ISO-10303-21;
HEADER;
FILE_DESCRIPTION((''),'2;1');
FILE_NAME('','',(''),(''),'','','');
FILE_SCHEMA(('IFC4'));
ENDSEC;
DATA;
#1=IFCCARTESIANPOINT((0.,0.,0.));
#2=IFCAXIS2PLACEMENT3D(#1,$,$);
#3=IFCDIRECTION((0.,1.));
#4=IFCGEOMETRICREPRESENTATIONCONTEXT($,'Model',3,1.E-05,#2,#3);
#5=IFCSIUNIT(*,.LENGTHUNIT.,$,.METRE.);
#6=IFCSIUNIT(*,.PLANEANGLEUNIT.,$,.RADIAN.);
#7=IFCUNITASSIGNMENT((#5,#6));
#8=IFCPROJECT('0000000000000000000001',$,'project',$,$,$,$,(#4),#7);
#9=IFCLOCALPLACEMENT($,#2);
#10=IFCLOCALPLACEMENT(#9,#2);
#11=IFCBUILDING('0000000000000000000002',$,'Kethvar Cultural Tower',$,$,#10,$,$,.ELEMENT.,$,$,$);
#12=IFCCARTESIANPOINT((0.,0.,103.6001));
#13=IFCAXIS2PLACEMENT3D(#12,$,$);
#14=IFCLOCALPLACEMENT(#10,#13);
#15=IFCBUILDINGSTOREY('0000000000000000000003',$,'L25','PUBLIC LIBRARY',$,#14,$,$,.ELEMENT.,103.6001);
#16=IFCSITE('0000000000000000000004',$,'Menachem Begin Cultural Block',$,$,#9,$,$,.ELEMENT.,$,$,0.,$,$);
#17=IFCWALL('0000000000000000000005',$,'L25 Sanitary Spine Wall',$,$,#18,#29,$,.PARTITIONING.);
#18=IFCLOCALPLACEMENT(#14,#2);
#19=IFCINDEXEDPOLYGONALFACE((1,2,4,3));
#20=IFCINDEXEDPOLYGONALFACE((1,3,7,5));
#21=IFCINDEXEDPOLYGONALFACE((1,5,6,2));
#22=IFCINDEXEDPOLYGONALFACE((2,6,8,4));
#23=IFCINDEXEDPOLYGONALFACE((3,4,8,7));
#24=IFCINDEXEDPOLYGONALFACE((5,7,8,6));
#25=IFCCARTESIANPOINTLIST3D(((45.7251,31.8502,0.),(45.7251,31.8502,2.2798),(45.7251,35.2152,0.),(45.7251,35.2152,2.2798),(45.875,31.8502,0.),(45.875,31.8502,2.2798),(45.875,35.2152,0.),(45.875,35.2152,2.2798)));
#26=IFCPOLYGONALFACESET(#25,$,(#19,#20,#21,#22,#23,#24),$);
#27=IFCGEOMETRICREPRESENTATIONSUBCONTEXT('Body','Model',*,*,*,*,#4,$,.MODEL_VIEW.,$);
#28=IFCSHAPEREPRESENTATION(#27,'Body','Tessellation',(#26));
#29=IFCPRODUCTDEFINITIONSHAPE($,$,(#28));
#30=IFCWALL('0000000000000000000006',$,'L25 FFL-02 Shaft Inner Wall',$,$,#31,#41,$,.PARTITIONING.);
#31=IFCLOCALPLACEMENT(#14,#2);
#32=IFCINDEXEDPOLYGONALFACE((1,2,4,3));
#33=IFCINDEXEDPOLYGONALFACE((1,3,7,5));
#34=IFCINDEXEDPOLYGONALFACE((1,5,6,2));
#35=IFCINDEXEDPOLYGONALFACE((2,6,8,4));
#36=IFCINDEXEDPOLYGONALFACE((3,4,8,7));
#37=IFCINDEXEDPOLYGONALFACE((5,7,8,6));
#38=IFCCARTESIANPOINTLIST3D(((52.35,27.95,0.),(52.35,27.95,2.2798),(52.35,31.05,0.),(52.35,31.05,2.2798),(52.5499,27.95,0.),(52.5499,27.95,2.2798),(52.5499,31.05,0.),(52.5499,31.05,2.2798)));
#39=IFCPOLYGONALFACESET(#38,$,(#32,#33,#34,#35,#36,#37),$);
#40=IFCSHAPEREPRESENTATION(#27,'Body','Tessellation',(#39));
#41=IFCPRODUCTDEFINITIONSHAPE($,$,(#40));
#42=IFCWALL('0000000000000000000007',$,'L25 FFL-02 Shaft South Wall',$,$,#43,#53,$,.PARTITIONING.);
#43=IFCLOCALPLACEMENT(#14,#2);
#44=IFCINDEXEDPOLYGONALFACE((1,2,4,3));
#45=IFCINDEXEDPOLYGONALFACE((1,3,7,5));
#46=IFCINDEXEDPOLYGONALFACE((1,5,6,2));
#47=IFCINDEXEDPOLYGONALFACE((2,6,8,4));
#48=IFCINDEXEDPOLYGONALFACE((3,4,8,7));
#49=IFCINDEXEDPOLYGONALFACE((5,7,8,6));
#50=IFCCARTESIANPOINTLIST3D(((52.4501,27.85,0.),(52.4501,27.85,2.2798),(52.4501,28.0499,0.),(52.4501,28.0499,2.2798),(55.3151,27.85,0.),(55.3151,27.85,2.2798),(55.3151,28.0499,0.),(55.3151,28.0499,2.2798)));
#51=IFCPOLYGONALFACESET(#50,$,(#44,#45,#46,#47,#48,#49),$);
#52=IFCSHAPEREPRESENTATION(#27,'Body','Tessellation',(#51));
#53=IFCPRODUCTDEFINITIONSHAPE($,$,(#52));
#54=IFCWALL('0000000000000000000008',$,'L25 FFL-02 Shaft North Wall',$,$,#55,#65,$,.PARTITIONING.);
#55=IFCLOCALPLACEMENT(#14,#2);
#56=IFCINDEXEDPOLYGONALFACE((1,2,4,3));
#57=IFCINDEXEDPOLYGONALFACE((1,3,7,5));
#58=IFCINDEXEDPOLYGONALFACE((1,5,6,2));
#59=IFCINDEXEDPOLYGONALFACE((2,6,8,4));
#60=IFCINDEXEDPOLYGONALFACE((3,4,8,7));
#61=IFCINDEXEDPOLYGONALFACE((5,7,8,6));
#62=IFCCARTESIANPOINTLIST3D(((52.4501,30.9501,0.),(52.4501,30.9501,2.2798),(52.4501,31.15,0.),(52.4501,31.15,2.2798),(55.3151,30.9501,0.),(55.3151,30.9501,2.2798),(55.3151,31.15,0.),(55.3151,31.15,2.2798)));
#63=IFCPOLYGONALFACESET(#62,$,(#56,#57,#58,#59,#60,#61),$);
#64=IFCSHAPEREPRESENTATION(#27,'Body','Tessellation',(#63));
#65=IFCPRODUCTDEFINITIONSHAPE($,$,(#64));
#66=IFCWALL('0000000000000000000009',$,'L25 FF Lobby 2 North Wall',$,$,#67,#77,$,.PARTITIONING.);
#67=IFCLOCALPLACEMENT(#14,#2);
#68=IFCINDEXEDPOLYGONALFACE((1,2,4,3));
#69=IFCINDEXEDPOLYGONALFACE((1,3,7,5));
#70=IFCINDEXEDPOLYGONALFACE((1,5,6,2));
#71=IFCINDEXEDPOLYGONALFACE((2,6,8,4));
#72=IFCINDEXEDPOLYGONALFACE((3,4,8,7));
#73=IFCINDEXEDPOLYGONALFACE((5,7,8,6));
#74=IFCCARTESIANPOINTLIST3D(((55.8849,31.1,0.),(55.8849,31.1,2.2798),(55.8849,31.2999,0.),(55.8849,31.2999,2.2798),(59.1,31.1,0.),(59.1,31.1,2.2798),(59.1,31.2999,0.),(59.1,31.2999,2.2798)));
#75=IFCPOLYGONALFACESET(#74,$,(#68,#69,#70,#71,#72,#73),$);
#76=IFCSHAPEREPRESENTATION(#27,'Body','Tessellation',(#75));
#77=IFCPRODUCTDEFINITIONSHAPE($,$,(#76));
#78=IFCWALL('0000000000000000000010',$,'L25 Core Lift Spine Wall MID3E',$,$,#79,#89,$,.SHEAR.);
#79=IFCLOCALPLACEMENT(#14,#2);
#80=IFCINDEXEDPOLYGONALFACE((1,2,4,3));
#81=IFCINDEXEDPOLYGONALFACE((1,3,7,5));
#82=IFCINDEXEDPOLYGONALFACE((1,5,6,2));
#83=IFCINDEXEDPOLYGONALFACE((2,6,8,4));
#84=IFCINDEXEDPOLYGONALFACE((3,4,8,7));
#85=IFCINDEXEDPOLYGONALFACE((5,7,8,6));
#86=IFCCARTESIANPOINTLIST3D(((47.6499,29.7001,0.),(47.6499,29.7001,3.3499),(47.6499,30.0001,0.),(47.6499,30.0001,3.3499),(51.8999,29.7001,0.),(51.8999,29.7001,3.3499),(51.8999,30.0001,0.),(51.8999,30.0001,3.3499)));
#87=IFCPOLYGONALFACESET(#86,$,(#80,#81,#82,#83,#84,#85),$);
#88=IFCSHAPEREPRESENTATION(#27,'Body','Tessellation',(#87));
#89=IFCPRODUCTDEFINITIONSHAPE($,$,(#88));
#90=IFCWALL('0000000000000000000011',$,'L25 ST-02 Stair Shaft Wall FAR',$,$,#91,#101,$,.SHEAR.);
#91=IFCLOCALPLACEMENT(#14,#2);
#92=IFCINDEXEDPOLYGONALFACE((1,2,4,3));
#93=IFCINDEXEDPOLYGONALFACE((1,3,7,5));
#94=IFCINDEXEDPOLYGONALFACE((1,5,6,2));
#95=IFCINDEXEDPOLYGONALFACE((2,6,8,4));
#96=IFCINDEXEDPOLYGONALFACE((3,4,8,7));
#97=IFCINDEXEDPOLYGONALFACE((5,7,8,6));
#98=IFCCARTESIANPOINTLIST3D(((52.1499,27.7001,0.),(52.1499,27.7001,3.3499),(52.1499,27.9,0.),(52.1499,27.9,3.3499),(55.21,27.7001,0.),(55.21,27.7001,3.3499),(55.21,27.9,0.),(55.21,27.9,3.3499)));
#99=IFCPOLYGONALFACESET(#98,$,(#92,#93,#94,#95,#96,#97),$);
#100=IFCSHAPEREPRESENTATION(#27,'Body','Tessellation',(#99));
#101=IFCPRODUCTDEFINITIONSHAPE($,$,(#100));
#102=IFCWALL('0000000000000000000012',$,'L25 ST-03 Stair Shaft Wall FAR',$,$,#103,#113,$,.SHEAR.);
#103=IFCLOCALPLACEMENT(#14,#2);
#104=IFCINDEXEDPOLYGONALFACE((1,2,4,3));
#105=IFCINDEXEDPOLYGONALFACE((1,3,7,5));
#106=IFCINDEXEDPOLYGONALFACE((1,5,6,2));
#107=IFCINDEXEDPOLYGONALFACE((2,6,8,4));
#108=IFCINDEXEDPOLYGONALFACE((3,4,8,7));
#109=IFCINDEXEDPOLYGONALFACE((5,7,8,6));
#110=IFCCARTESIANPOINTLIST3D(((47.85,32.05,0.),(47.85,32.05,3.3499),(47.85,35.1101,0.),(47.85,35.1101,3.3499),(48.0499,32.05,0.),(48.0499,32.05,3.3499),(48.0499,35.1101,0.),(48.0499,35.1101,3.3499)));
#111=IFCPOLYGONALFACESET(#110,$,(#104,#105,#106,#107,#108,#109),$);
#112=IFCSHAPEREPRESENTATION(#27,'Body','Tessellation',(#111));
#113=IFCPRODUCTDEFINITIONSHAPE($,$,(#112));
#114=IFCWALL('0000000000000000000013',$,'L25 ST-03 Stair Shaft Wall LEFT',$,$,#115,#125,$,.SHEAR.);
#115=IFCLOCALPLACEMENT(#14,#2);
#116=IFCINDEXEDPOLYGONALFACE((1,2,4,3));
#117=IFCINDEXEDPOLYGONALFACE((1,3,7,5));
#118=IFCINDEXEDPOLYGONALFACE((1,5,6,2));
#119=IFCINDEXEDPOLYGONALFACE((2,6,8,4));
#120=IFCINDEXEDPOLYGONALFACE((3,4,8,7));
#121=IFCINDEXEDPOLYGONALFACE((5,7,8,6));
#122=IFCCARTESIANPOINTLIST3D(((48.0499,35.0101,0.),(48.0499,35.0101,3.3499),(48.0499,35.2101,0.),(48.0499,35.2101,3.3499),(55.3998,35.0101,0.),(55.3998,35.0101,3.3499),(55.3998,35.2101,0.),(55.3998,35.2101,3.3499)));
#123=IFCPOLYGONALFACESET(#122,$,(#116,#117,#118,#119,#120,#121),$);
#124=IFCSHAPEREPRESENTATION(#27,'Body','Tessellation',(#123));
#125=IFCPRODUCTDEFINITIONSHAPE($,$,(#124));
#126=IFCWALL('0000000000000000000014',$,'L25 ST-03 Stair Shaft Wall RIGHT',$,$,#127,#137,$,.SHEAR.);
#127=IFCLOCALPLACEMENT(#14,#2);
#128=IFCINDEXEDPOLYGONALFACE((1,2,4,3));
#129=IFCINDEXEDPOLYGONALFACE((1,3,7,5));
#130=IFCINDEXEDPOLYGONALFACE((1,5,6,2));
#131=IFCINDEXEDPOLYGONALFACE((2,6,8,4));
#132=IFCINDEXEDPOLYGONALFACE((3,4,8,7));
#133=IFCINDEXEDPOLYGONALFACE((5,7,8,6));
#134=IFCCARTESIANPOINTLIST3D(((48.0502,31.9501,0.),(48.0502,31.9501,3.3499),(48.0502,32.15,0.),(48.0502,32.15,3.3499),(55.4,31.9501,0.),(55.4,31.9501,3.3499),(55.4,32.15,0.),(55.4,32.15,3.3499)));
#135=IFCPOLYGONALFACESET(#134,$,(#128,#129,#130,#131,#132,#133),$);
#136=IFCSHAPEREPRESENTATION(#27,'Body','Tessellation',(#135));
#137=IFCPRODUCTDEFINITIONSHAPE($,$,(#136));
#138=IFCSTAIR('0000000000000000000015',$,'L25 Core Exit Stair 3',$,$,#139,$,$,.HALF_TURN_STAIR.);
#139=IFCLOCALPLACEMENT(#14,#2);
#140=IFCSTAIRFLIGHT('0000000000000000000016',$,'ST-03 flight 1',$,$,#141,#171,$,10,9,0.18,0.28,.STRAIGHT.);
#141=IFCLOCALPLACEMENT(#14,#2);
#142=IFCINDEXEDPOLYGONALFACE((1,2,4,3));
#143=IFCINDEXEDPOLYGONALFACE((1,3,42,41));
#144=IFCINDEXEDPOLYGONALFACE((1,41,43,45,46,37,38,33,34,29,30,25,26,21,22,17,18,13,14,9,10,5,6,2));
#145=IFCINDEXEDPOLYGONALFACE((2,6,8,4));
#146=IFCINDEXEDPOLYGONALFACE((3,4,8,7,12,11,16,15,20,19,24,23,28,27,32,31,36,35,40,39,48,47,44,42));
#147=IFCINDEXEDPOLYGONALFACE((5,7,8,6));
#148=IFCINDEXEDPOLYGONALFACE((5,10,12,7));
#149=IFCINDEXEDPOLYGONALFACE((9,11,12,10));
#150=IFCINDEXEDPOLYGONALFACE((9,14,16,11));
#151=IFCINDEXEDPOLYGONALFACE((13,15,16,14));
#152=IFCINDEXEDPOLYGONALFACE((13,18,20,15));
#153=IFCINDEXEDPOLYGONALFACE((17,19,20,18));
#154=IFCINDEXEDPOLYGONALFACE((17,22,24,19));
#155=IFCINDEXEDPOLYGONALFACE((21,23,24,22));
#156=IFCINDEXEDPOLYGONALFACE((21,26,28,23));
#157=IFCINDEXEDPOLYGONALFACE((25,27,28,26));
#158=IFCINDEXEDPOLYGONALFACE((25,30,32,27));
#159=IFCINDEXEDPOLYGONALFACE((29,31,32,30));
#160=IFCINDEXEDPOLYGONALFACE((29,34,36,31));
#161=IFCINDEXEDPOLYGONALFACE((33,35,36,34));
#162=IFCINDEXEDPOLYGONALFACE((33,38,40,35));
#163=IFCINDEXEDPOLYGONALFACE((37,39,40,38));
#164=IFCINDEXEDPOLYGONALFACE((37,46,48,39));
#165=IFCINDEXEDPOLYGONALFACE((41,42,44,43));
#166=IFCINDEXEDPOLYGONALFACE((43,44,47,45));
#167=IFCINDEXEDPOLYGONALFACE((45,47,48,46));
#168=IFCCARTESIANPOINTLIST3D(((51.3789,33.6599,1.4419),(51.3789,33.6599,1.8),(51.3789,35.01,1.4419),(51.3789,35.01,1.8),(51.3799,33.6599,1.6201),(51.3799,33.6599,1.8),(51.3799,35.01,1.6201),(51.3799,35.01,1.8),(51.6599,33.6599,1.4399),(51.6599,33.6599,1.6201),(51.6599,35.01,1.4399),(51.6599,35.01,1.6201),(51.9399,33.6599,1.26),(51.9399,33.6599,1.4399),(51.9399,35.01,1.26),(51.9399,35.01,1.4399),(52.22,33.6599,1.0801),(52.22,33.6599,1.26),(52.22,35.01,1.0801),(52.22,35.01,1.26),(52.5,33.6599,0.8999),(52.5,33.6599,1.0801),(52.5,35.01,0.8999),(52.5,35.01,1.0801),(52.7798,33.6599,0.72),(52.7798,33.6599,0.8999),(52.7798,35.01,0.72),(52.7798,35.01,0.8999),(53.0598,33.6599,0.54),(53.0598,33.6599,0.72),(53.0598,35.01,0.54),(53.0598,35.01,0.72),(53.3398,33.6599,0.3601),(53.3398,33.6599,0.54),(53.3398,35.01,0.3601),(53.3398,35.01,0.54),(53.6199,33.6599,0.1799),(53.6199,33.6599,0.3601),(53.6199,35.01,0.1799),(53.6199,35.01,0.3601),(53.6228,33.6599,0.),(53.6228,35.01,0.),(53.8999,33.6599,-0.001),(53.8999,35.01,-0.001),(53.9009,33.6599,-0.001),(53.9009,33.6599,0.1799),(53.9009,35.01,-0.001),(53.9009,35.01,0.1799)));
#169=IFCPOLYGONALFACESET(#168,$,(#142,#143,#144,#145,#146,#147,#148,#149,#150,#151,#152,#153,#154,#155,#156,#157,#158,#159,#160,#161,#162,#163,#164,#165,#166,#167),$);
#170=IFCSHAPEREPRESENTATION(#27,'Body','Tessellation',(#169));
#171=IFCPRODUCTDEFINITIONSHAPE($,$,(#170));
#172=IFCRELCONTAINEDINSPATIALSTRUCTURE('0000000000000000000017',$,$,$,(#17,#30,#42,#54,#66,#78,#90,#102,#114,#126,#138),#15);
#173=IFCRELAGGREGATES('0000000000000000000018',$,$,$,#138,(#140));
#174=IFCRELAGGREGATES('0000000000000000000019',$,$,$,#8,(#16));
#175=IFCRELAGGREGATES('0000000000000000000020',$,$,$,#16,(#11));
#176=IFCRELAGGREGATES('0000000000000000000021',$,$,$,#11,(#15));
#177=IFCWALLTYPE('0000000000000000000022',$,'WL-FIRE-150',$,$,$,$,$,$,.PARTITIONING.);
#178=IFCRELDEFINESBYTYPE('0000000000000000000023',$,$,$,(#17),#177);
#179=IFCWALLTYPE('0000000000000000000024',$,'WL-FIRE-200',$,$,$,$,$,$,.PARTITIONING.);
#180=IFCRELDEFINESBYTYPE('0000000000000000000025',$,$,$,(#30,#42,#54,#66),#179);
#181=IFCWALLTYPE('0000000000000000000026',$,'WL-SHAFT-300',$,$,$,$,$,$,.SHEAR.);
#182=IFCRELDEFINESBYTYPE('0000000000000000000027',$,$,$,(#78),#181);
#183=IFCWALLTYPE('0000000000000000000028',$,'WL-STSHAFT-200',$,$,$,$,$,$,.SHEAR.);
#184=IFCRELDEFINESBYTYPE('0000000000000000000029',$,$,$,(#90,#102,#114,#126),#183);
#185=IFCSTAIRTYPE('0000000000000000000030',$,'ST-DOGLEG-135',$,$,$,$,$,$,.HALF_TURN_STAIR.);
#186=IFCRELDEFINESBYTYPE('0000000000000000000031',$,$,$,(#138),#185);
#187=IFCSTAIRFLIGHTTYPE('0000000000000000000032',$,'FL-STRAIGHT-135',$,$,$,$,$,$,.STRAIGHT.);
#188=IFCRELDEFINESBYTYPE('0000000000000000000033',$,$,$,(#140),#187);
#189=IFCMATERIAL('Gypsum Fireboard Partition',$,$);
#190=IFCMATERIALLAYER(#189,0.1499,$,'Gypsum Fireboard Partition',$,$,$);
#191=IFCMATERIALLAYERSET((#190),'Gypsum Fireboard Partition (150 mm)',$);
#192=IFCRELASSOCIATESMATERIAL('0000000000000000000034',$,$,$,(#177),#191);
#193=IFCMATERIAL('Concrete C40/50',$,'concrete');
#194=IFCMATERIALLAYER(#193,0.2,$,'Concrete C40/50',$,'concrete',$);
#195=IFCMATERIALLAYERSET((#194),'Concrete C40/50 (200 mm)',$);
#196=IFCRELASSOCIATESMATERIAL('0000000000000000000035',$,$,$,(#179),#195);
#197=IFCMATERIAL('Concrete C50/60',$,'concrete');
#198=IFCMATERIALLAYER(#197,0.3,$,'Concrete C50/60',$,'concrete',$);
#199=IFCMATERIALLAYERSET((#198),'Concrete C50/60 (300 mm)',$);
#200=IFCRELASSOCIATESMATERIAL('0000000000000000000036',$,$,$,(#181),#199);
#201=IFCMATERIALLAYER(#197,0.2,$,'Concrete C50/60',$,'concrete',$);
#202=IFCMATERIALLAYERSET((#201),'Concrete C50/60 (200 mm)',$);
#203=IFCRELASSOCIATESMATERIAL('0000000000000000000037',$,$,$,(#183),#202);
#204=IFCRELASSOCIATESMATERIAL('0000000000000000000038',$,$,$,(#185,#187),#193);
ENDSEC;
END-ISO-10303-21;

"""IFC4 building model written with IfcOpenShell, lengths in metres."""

from ifc_helpers import new_model, si_unit, direction, frame, frame_2d, origin, place, context, subcontext, project, spatial, polyline, rectangle, outline, extrude, material, layer, layer_set, type_object, element, aggregate, save


model = new_model("IFC4")

# Units and contexts
model_context = context("Model", 3, precision=1e-05, world=origin(), true_north=direction((0.0, 1.0)))
body_context = subcontext(model_context, "Body", "Model", "MODEL_VIEW")
ifc_project = project(units=[si_unit("LENGTHUNIT", "METRE"), si_unit("PLANEANGLEUNIT", "RADIAN")], contexts=[model_context])

# Site, building, storey
site_placement = place(None, origin())
site = spatial("IfcSite", under=ifc_project, at=site_placement, Name="Menachem Begin Cultural Block", CompositionType="ELEMENT", RefElevation=0.0)
building_placement = place(site_placement, origin())
building = spatial("IfcBuilding", under=site, at=building_placement, Name="Kethvar Cultural Tower", CompositionType="ELEMENT")
storey_placement = place(building_placement, frame((0.0, 0.0, 103.6001)))
storey = spatial("IfcBuildingStorey", under=building, at=storey_placement, Name="L25", Description="PUBLIC LIBRARY", CompositionType="ELEMENT", Elevation=103.6001)

# Walls
ifc_material_1 = material(Name="Gypsum Fireboard Partition")
ifc_layer_1 = layer(ifc_material_1, 0.1499, Name="Gypsum Fireboard Partition")
ifc_layer_set_1 = layer_set([ifc_layer_1], Name="Gypsum Fireboard Partition (150 mm)")
wall_type_1 = type_object("IfcWallType", Name="WL-FIRE-150", PredefinedType="PARTITIONING", material=ifc_layer_set_1)
wall_1_placement = place(storey_placement, frame((45.8, 31.8501, 0.0), z_axis=(0.0, 0.0, 1.0), x_axis=(0.0, 1.0, 0.0)))
element("IfcWall", 1, at=wall_1_placement, inside=storey, type_object=wall_type_1, Name="L25 Sanitary Spine Wall", PredefinedType="PARTITIONING", context=body_context, shape_type="SweptSolid", body=[
    extrude(rectangle(XDim=3.365, YDim=0.1499, at=frame_2d((1.6826, 0.0))), origin(), (0.0, 0.0, 1.0), 2.2798),
])
ifc_material_2 = material(Name="Concrete C40/50", Category="concrete")
ifc_layer_2 = layer(ifc_material_2, 0.2, Name="Concrete C40/50", Category="concrete")
ifc_layer_set_2 = layer_set([ifc_layer_2], Name="Concrete C40/50 (200 mm)")
wall_type_2 = type_object("IfcWallType", Name="WL-FIRE-200", PredefinedType="PARTITIONING", material=ifc_layer_set_2)
wall_2_placement = place(storey_placement, frame((52.45, 27.95, 0.0), z_axis=(0.0, 0.0, 1.0), x_axis=(0.0, 1.0, 0.0)))
element("IfcWall", 2, at=wall_2_placement, inside=storey, type_object=wall_type_2, Name="L25 FFL-02 Shaft Inner Wall", PredefinedType="PARTITIONING", context=body_context, shape_type="SweptSolid", body=[
    extrude(rectangle(XDim=3.1001, YDim=0.2, at=frame_2d((1.55, 0.0))), origin(), (0.0, 0.0, 1.0), 2.2798),
])
for number, where, z_axis, x_axis, name in (
    (3, (52.45, 27.95, 0.0), (0.0, 0.0, 1.0), (1.0, 0.0, 0.0), "L25 FFL-02 Shaft South Wall"),
    (4, (52.45, 31.05, 0.0), (0.0, 0.0, 1.0), (1.0, 0.0, 0.0), "L25 FFL-02 Shaft North Wall"),
):
    element("IfcWall", number, at=place(storey_placement, frame(where, z_axis=z_axis, x_axis=x_axis)), inside=storey, type_object=wall_type_2, Name=name, PredefinedType="PARTITIONING", context=body_context, shape_type="SweptSolid", body=[
        extrude(rectangle(XDim=2.865, YDim=0.2, at=frame_2d((1.4326, 0.0))), origin(), (0.0, 0.0, 1.0), 2.2798),
    ])
wall_3_placement = place(storey_placement, frame((55.885, 31.2, 0.0), z_axis=(0.0, 0.0, 1.0), x_axis=(1.0, 0.0, 0.0)))
element("IfcWall", 5, at=wall_3_placement, inside=storey, type_object=wall_type_2, Name="L25 FF Lobby 2 North Wall", PredefinedType="PARTITIONING", context=body_context, shape_type="SweptSolid", body=[
    extrude(rectangle(XDim=3.2151, YDim=0.2, at=frame_2d((1.6074, 0.0))), origin(), (0.0, 0.0, 1.0), 2.2798),
])
ifc_material_3 = material(Name="Concrete C50/60", Category="concrete")
ifc_layer_3 = layer(ifc_material_3, 0.3, Name="Concrete C50/60", Category="concrete")
ifc_layer_set_3 = layer_set([ifc_layer_3], Name="Concrete C50/60 (300 mm)")
wall_type_3 = type_object("IfcWallType", Name="WL-SHAFT-300", PredefinedType="SHEAR", material=ifc_layer_set_3)
wall_4_placement = place(storey_placement, frame((47.6499, 29.8501, 0.0), z_axis=(0.0, 0.0, 1.0), x_axis=(1.0, 0.0, 0.0)))
element("IfcWall", 6, at=wall_4_placement, inside=storey, type_object=wall_type_3, Name="L25 Core Lift Spine Wall MID3E", PredefinedType="SHEAR", context=body_context, shape_type="SweptSolid", body=[
    extrude(rectangle(XDim=4.25, YDim=0.3, at=frame_2d((2.125, 0.0))), origin(), (0.0, 0.0, 1.0), 3.3499),
])
ifc_layer_4 = layer(ifc_material_3, 0.2, Name="Concrete C50/60", Category="concrete")
ifc_layer_set_4 = layer_set([ifc_layer_4], Name="Concrete C50/60 (200 mm)")
wall_type_4 = type_object("IfcWallType", Name="WL-STSHAFT-200", PredefinedType="SHEAR", material=ifc_layer_set_4)
for number, where, z_axis, x_axis, name in (
    (7, (52.1499, 27.8, 0.0), (0.0, 0.0, 1.0), (1.0, 0.0, 0.0), "L25 ST-02 Stair Shaft Wall FAR"),
    (8, (47.95, 32.05, 0.0), (0.0, 0.0, 1.0), (0.0, 1.0, 0.0), "L25 ST-03 Stair Shaft Wall FAR"),
):
    element("IfcWall", number, at=place(storey_placement, frame(where, z_axis=z_axis, x_axis=x_axis)), inside=storey, type_object=wall_type_4, Name=name, PredefinedType="SHEAR", context=body_context, shape_type="SweptSolid", body=[
        extrude(rectangle(XDim=3.0601, YDim=0.2, at=frame_2d((1.53, 0.0))), origin(), (0.0, 0.0, 1.0), 3.3499),
    ])
for number, where, z_axis, x_axis, name in (
    (9, (48.05, 35.1101, 0.0), (0.0, 0.0, 1.0), (1.0, 0.0, 0.0), "L25 ST-03 Stair Shaft Wall LEFT"),
    (10, (55.3999, 32.05, 0.0), (0.0, 0.0, 1.0), (-1.0, 0.0, 0.0), "L25 ST-03 Stair Shaft Wall RIGHT"),
):
    element("IfcWall", number, at=place(storey_placement, frame(where, z_axis=z_axis, x_axis=x_axis)), inside=storey, type_object=wall_type_4, Name=name, PredefinedType="SHEAR", context=body_context, shape_type="SweptSolid", body=[
        extrude(rectangle(XDim=7.3499, YDim=0.2, at=frame_2d((3.6748, 0.0))), origin(), (0.0, 0.0, 1.0), 3.3499),
    ])

# Stair, stair flight
stair_type = type_object("IfcStairType", Name="ST-DOGLEG-135", PredefinedType="HALF_TURN_STAIR", material=ifc_material_2)
stair_placement = place(storey_placement, origin())
stair = element("IfcStair", 11, at=stair_placement, inside=storey, type_object=stair_type, Name="L25 Core Exit Stair 3", PredefinedType="HALF_TURN_STAIR")
stair_flight_type = type_object("IfcStairFlightType", Name="FL-STRAIGHT-135", PredefinedType="STRAIGHT", material=ifc_material_2)
stair_flight_1_placement = place(storey_placement, frame((53.8999, 34.335, 0.0), z_axis=(0.0, 0.0, 1.0), x_axis=(-1.0, 0.0, 0.0)))
stair_flight_1 = element("IfcStairFlight", 12, at=stair_flight_1_placement, type_object=stair_flight_type, Name="ST-03 flight 1", NumberOfRisers=10, NumberOfTreads=9, PredefinedType="STRAIGHT", RiserHeight=0.18, TreadLength=0.28, context=body_context, shape_type="SweptSolid", body=[
    extrude(outline(polyline([(-0.001, -0.001), (-0.001, 0.1799), (0.28, 0.1799), (0.28, 0.3601), (0.5601, 0.3601), (0.5601, 0.54), (0.8401, 0.54), (0.8401, 0.72), (1.1201, 0.72), (1.1201, 0.8999), (1.3999, 0.8999), (1.3999, 1.0801), (1.6799, 1.0801), (1.6799, 1.26), (1.96, 1.26), (1.96, 1.4399), (2.24, 1.4399), (2.24, 1.6201), (2.52, 1.6201), (2.52, 1.8), (2.521, 1.8), (2.521, 1.4419), (0.2771, 0.0), (0.0, -0.001), (-0.001, -0.001)])), frame((0.0, 0.675, 0.0), z_axis=(0.0, -1.0, 0.0), x_axis=(1.0, 0.0, 0.0)), (0.0, 0.0, 1.0), 1.3501),
])
aggregate(stair, [stair_flight_1])

save(model, "model.ifc")
